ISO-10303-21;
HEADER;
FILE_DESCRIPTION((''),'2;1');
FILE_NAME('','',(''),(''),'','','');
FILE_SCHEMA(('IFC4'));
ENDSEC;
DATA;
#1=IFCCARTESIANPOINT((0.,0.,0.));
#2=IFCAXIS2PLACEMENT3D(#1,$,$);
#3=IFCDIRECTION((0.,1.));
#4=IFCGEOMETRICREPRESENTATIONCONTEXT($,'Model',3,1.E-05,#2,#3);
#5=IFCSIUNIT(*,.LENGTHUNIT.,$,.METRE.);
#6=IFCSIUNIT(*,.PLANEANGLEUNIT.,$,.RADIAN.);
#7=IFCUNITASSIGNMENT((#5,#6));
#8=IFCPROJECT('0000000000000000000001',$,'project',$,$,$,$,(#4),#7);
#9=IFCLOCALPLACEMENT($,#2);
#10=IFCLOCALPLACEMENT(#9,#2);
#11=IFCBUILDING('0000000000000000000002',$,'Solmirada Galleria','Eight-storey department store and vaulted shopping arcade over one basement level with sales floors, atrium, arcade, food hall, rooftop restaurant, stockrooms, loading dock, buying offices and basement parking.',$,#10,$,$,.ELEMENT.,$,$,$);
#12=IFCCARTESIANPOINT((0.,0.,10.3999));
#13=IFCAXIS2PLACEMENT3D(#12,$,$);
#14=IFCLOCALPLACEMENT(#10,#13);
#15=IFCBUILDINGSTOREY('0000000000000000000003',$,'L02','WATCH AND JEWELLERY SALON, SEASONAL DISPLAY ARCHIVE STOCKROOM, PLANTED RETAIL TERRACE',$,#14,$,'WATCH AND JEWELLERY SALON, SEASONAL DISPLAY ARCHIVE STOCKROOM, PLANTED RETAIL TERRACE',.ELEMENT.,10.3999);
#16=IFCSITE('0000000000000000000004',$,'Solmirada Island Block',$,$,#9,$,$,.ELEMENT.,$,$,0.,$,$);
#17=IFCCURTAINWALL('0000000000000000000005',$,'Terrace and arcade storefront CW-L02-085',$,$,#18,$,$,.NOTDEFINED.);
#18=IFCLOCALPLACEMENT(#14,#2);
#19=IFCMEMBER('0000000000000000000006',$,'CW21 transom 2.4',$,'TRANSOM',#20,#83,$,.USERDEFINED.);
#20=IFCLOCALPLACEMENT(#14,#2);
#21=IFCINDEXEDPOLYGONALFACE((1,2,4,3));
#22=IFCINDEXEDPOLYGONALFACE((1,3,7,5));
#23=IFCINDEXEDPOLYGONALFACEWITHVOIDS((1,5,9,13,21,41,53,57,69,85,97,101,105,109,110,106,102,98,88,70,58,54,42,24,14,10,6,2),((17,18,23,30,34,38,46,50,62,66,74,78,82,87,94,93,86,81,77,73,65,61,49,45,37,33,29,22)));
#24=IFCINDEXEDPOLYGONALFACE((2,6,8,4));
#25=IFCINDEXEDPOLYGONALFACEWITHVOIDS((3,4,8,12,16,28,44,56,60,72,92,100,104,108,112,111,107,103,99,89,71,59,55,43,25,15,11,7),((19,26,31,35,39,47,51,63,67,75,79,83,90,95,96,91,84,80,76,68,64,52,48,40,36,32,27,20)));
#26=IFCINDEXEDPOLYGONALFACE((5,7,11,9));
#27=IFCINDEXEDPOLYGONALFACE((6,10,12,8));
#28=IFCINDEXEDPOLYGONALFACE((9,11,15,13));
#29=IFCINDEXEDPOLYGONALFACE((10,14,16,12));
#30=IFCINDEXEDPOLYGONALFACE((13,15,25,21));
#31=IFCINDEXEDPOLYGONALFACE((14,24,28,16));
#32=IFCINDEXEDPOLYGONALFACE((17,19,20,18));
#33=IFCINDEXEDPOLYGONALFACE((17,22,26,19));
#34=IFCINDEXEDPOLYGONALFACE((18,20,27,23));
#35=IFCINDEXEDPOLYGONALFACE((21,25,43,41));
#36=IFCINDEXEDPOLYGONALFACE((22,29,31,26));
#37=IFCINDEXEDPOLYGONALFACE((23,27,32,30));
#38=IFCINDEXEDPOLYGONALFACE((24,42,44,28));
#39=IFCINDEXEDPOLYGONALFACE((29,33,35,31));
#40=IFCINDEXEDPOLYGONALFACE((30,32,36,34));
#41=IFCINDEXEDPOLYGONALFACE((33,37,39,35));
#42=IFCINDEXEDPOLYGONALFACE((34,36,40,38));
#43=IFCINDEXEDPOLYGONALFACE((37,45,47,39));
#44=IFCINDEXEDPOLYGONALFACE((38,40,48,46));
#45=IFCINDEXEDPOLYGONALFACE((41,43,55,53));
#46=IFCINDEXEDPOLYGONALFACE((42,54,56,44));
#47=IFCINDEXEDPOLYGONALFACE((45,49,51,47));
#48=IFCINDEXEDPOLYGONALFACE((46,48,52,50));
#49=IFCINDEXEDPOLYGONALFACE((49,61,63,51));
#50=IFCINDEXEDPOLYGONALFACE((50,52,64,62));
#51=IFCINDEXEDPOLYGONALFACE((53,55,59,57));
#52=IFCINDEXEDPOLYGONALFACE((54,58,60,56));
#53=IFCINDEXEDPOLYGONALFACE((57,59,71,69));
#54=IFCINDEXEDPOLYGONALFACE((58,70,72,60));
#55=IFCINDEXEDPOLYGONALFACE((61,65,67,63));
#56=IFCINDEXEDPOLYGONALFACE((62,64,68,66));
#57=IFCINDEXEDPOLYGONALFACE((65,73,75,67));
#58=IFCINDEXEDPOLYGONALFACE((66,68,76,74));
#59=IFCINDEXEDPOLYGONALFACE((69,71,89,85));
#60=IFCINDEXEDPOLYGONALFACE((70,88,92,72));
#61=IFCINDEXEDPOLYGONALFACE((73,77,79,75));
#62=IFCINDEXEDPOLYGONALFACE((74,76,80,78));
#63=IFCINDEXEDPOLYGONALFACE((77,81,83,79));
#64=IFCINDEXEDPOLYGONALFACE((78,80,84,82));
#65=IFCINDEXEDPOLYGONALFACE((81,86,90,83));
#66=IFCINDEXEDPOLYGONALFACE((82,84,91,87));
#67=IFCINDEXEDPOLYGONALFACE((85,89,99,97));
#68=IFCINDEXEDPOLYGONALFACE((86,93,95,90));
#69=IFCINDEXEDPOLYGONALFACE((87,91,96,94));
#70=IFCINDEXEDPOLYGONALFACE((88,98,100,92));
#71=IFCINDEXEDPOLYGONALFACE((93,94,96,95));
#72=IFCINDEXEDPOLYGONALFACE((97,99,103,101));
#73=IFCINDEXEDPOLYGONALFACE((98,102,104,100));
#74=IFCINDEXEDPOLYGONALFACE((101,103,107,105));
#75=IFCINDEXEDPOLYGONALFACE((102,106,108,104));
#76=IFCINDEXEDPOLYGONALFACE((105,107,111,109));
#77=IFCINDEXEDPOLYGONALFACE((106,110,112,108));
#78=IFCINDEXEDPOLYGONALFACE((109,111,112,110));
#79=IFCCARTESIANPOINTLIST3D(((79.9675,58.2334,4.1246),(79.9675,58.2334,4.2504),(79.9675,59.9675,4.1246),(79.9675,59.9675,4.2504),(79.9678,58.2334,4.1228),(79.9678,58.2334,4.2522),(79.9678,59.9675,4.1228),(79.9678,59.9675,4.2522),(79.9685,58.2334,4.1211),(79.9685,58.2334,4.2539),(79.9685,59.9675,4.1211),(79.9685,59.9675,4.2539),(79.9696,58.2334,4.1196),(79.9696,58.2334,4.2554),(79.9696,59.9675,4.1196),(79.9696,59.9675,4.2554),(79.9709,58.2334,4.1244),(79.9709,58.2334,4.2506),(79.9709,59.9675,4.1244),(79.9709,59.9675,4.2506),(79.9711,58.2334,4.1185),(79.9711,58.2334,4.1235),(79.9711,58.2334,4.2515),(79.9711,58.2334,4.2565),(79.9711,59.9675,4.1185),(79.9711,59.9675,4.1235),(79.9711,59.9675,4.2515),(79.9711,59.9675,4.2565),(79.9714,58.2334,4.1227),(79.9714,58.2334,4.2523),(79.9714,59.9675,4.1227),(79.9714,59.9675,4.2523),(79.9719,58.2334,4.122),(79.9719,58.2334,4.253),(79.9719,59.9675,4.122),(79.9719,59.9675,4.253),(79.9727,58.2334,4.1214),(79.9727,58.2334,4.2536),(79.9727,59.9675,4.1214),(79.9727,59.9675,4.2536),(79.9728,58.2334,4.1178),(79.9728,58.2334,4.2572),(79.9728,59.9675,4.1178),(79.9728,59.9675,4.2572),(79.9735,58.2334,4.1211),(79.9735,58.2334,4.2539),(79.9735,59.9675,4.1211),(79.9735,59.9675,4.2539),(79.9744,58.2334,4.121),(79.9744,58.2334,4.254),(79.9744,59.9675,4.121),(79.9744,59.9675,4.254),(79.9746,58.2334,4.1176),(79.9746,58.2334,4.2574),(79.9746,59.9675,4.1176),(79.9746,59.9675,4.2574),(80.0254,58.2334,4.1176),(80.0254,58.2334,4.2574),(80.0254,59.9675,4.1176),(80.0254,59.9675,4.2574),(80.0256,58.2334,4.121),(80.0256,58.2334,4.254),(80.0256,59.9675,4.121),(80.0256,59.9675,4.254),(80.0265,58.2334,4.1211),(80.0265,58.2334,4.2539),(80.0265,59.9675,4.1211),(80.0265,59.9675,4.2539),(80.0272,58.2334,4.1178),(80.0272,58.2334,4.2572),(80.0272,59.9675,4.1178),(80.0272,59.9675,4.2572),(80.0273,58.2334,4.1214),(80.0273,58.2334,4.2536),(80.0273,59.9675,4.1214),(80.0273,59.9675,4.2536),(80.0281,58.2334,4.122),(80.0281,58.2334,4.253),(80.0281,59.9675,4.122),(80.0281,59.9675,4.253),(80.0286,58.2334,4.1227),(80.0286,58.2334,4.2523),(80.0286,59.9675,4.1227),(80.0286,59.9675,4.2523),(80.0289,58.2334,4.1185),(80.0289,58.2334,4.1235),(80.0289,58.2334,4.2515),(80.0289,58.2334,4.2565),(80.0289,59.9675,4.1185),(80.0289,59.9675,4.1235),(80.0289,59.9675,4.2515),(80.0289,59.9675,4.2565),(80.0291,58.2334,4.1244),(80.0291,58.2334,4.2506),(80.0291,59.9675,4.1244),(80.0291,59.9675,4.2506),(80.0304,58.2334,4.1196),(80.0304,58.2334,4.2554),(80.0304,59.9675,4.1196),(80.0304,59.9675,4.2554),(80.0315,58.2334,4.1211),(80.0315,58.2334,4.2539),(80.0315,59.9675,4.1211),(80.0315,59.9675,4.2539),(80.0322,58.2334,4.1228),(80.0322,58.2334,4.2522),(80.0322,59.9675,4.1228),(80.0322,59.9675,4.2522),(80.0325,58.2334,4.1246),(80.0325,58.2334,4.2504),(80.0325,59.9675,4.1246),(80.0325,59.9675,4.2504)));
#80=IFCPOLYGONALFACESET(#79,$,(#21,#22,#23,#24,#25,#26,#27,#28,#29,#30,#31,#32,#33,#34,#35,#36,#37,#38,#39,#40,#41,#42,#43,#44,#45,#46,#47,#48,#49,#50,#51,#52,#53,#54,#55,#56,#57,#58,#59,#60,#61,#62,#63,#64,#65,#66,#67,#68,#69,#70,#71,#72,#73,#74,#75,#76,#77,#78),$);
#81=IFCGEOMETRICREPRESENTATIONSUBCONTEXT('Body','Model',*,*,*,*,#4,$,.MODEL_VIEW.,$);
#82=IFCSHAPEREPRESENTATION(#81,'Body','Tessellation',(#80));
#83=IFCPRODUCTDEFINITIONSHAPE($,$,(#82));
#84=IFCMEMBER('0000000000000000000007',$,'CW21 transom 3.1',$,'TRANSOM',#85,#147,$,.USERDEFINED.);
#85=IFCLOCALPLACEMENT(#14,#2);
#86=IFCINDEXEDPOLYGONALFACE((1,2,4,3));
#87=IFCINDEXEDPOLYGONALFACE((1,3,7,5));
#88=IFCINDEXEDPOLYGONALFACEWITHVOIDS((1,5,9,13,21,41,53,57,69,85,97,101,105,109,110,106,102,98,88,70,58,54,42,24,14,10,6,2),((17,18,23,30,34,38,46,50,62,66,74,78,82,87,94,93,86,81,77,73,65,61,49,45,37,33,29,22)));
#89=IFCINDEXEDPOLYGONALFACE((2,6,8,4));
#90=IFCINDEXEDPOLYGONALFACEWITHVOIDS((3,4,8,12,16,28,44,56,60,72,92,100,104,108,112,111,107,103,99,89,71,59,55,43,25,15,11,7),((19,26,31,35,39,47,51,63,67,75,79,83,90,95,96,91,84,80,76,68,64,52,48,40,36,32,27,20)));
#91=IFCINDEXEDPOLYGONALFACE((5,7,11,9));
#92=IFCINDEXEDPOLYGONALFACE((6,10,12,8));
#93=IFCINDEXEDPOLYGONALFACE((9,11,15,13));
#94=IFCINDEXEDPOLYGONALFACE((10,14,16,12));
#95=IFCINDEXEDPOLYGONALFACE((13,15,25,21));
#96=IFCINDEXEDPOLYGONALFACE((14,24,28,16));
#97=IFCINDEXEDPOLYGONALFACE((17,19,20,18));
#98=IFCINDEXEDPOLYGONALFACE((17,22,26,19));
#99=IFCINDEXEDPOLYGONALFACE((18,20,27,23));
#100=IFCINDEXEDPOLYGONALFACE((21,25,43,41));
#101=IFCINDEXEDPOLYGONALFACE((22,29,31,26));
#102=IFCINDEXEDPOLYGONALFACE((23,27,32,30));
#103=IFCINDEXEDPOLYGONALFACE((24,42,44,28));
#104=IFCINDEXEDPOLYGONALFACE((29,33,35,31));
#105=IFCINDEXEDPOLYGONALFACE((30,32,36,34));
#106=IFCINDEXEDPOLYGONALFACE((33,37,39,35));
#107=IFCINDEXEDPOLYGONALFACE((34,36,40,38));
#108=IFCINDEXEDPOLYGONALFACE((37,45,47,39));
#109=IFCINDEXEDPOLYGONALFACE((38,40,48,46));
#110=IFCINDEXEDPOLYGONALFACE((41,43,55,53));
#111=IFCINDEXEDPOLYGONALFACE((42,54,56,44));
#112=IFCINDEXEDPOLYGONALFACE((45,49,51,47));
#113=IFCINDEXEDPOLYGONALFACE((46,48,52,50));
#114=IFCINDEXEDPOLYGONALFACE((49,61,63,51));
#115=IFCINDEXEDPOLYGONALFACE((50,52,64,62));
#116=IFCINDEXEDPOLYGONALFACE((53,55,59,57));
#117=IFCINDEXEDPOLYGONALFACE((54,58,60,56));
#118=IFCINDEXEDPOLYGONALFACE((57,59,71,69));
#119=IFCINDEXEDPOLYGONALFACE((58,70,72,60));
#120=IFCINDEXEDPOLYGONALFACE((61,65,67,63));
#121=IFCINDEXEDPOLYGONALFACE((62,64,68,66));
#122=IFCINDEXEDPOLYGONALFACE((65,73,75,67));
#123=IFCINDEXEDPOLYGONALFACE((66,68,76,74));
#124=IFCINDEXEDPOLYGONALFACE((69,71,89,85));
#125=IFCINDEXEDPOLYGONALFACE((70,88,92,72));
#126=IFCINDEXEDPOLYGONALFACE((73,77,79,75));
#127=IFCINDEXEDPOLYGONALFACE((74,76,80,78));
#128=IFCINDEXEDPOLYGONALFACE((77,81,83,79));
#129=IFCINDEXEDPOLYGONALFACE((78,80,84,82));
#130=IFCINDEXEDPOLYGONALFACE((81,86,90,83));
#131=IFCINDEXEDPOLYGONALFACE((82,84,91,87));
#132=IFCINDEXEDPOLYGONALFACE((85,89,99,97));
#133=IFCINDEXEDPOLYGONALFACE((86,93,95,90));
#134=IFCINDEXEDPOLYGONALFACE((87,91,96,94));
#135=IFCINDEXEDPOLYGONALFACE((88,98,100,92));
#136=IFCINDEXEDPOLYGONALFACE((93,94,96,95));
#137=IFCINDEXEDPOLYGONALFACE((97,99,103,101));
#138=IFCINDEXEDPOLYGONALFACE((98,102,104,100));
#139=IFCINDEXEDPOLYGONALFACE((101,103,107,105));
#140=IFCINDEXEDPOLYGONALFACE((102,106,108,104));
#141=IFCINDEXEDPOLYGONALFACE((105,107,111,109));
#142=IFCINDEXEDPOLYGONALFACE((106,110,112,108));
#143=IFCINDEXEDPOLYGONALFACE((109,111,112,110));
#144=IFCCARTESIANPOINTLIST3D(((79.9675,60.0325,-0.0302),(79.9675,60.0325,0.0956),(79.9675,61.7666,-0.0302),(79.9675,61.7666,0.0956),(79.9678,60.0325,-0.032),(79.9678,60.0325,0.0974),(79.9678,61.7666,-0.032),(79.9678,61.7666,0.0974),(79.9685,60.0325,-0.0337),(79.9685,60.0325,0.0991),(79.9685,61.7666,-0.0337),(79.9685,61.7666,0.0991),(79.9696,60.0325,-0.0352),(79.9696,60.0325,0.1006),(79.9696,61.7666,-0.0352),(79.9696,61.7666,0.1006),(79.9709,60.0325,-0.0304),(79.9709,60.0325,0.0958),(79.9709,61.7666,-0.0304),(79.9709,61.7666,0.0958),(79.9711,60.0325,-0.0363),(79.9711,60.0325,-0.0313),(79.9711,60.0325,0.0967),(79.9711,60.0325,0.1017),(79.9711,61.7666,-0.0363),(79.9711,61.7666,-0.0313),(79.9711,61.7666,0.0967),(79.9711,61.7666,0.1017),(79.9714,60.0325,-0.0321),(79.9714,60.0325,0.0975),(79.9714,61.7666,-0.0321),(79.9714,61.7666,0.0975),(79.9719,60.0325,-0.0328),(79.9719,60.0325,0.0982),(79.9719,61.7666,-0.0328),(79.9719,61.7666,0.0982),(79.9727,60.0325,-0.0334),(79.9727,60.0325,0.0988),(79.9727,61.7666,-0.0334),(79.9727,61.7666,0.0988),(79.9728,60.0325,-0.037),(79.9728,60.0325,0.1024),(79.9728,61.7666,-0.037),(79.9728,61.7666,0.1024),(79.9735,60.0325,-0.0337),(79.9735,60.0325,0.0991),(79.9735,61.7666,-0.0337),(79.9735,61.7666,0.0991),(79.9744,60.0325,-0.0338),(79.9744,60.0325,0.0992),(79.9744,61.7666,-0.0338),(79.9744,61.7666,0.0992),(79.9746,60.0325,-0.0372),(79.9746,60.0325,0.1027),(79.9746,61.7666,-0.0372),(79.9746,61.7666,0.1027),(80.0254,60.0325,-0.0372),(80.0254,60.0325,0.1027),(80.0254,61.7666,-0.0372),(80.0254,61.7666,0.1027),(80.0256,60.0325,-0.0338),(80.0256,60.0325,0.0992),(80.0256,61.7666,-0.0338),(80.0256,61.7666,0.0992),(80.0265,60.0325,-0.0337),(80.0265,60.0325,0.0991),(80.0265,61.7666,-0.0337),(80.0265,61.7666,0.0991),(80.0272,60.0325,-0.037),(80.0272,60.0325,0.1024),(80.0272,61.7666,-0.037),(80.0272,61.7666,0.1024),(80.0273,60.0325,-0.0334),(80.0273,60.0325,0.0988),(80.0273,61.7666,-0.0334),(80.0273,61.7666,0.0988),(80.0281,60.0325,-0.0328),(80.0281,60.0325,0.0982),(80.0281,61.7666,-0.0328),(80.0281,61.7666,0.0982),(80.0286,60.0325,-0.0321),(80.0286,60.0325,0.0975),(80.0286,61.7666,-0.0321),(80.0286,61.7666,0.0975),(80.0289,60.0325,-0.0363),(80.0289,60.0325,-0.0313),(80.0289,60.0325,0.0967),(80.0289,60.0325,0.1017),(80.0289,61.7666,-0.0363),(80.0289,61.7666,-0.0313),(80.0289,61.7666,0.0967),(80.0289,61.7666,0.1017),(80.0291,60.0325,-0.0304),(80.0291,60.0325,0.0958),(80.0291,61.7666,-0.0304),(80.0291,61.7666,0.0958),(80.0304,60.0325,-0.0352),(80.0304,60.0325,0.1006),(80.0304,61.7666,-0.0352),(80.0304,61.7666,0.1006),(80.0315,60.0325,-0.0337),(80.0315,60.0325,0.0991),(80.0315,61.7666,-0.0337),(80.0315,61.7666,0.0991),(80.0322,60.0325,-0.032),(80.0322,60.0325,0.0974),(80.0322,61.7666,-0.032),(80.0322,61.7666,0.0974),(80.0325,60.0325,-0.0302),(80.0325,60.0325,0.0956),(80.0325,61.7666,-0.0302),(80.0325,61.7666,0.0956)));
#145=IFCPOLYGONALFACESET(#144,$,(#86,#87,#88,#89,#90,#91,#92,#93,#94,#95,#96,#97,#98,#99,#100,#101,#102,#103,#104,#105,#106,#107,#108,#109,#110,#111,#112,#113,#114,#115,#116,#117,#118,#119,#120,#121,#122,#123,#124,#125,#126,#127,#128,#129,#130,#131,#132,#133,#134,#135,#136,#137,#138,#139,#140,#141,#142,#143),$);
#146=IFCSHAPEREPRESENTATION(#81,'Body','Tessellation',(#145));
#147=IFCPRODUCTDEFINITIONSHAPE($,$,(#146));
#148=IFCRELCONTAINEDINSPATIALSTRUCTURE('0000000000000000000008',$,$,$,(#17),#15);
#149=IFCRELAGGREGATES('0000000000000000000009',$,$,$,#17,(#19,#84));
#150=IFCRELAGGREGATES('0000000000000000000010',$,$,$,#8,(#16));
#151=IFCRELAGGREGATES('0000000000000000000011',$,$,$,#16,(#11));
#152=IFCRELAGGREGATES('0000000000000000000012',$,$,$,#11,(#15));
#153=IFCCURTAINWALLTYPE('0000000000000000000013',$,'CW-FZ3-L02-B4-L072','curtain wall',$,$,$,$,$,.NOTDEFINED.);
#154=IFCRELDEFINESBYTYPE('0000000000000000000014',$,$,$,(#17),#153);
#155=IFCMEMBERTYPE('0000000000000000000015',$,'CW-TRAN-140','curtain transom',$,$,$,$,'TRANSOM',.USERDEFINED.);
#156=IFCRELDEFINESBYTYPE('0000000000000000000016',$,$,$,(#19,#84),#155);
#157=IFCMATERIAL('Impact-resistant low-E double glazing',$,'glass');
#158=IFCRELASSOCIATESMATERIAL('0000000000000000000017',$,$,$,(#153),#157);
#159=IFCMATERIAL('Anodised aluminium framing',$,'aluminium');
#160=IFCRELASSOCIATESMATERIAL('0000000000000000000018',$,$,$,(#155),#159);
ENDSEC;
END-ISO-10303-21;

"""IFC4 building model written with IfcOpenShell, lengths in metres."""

from ifc_helpers import new_model, si_unit, direction, frame, origin, origin_2d, place, context, subcontext, project, spatial, hollow_rectangle, extrude, material, material_profile, profile_set, type_object, element, aggregate, save


model = new_model("IFC4")

# Units and contexts
model_context = context("Model", 3, precision=1e-05, world=origin(), true_north=direction((0.0, 1.0)))
body_context = subcontext(model_context, "Body", "Model", "MODEL_VIEW")
ifc_project = project(units=[si_unit("LENGTHUNIT", "METRE"), si_unit("PLANEANGLEUNIT", "RADIAN")], contexts=[model_context])

# Site, building, storey
site_placement = place(None, origin())
site = spatial("IfcSite", under=ifc_project, at=site_placement, Name="Solmirada Island Block", CompositionType="ELEMENT", RefElevation=0.0)
building_placement = place(site_placement, origin())
building = spatial("IfcBuilding", under=site, at=building_placement, Name="Solmirada Galleria", Description="Eight-storey department store and vaulted shopping arcade over one basement level with sales floors, atrium, arcade, food hall, rooftop restaurant, stockrooms, loading dock, buying offices and basement parking.", CompositionType="ELEMENT")
storey_placement = place(building_placement, frame((0.0, 0.0, 10.3999)))
storey = spatial("IfcBuildingStorey", under=building, at=storey_placement, Name="L02", Description="WATCH AND JEWELLERY SALON, SEASONAL DISPLAY ARCHIVE STOCKROOM, PLANTED RETAIL TERRACE", LongName="WATCH AND JEWELLERY SALON, SEASONAL DISPLAY ARCHIVE STOCKROOM, PLANTED RETAIL TERRACE", CompositionType="ELEMENT", Elevation=10.3999)

# Shared definitions
ifc_material_1 = material(Name="Impact-resistant low-E double glazing", Category="glass")
curtain_wall_type = type_object("IfcCurtainWallType", Name="CW-FZ3-L02-B4-L072", Description="curtain wall", PredefinedType="NOTDEFINED", material=ifc_material_1)
ifc_material_2 = material(Name="Anodised aluminium framing", Category="aluminium")

# Curtain wall
curtain_wall_1_placement = place(storey_placement, origin())
curtain_wall_1 = element("IfcCurtainWall", 1, at=curtain_wall_1_placement, inside=storey, type_object=curtain_wall_type, Name="Terrace and arcade storefront CW-L02-085", PredefinedType="NOTDEFINED")

# Members
ifc_material_profile_1 = material_profile(ifc_material_2, hollow_rectangle(XDim=0.0649, YDim=0.1399, WallThickness=0.0034, InnerFilletRadius=0.0034, OuterFilletRadius=0.0071, at=origin_2d()), Name="ALU-TRAN-140X65")
ifc_profile_set_1 = profile_set([ifc_material_profile_1], Name="Anodised aluminium framing")
member_type_1 = type_object("IfcMemberType", Name="CW-TRAN-140", Description="curtain transom", ElementType="TRANSOM", PredefinedType="USERDEFINED", material=ifc_profile_set_1)
member_1_placement = place(storey_placement, frame((80.0, 58.2334, 4.1875), z_axis=(0.0, 1.0, 0.0), x_axis=(-1.0, 0.0, 0.0)))
member_1 = element("IfcMember", 2, at=member_1_placement, type_object=member_type_1, Name="CW21 transom 2.4", ObjectType="TRANSOM", PredefinedType="USERDEFINED", context=body_context, shape_type="SweptSolid", body=[
    extrude(hollow_rectangle(XDim=0.0649, YDim=0.1399, WallThickness=0.0034, InnerFilletRadius=0.0034, OuterFilletRadius=0.0071, at=origin_2d()), origin(), (0.0, 0.0, 1.0), 1.7341),
])
member_2_placement = place(storey_placement, frame((80.0, 60.0325, 0.0327), z_axis=(0.0, 1.0, 0.0), x_axis=(-1.0, 0.0, 0.0)))
member_2 = element("IfcMember", 3, at=member_2_placement, type_object=member_type_1, Name="CW21 transom 3.1", ObjectType="TRANSOM", PredefinedType="USERDEFINED", context=body_context, shape_type="SweptSolid", body=[
    extrude(hollow_rectangle(XDim=0.0649, YDim=0.1399, WallThickness=0.0034, InnerFilletRadius=0.0034, OuterFilletRadius=0.0071, at=origin_2d()), origin(), (0.0, 0.0, 1.0), 1.7341),
])

aggregate(curtain_wall_1, [member_1, member_2])

save(model, "model.ifc")
